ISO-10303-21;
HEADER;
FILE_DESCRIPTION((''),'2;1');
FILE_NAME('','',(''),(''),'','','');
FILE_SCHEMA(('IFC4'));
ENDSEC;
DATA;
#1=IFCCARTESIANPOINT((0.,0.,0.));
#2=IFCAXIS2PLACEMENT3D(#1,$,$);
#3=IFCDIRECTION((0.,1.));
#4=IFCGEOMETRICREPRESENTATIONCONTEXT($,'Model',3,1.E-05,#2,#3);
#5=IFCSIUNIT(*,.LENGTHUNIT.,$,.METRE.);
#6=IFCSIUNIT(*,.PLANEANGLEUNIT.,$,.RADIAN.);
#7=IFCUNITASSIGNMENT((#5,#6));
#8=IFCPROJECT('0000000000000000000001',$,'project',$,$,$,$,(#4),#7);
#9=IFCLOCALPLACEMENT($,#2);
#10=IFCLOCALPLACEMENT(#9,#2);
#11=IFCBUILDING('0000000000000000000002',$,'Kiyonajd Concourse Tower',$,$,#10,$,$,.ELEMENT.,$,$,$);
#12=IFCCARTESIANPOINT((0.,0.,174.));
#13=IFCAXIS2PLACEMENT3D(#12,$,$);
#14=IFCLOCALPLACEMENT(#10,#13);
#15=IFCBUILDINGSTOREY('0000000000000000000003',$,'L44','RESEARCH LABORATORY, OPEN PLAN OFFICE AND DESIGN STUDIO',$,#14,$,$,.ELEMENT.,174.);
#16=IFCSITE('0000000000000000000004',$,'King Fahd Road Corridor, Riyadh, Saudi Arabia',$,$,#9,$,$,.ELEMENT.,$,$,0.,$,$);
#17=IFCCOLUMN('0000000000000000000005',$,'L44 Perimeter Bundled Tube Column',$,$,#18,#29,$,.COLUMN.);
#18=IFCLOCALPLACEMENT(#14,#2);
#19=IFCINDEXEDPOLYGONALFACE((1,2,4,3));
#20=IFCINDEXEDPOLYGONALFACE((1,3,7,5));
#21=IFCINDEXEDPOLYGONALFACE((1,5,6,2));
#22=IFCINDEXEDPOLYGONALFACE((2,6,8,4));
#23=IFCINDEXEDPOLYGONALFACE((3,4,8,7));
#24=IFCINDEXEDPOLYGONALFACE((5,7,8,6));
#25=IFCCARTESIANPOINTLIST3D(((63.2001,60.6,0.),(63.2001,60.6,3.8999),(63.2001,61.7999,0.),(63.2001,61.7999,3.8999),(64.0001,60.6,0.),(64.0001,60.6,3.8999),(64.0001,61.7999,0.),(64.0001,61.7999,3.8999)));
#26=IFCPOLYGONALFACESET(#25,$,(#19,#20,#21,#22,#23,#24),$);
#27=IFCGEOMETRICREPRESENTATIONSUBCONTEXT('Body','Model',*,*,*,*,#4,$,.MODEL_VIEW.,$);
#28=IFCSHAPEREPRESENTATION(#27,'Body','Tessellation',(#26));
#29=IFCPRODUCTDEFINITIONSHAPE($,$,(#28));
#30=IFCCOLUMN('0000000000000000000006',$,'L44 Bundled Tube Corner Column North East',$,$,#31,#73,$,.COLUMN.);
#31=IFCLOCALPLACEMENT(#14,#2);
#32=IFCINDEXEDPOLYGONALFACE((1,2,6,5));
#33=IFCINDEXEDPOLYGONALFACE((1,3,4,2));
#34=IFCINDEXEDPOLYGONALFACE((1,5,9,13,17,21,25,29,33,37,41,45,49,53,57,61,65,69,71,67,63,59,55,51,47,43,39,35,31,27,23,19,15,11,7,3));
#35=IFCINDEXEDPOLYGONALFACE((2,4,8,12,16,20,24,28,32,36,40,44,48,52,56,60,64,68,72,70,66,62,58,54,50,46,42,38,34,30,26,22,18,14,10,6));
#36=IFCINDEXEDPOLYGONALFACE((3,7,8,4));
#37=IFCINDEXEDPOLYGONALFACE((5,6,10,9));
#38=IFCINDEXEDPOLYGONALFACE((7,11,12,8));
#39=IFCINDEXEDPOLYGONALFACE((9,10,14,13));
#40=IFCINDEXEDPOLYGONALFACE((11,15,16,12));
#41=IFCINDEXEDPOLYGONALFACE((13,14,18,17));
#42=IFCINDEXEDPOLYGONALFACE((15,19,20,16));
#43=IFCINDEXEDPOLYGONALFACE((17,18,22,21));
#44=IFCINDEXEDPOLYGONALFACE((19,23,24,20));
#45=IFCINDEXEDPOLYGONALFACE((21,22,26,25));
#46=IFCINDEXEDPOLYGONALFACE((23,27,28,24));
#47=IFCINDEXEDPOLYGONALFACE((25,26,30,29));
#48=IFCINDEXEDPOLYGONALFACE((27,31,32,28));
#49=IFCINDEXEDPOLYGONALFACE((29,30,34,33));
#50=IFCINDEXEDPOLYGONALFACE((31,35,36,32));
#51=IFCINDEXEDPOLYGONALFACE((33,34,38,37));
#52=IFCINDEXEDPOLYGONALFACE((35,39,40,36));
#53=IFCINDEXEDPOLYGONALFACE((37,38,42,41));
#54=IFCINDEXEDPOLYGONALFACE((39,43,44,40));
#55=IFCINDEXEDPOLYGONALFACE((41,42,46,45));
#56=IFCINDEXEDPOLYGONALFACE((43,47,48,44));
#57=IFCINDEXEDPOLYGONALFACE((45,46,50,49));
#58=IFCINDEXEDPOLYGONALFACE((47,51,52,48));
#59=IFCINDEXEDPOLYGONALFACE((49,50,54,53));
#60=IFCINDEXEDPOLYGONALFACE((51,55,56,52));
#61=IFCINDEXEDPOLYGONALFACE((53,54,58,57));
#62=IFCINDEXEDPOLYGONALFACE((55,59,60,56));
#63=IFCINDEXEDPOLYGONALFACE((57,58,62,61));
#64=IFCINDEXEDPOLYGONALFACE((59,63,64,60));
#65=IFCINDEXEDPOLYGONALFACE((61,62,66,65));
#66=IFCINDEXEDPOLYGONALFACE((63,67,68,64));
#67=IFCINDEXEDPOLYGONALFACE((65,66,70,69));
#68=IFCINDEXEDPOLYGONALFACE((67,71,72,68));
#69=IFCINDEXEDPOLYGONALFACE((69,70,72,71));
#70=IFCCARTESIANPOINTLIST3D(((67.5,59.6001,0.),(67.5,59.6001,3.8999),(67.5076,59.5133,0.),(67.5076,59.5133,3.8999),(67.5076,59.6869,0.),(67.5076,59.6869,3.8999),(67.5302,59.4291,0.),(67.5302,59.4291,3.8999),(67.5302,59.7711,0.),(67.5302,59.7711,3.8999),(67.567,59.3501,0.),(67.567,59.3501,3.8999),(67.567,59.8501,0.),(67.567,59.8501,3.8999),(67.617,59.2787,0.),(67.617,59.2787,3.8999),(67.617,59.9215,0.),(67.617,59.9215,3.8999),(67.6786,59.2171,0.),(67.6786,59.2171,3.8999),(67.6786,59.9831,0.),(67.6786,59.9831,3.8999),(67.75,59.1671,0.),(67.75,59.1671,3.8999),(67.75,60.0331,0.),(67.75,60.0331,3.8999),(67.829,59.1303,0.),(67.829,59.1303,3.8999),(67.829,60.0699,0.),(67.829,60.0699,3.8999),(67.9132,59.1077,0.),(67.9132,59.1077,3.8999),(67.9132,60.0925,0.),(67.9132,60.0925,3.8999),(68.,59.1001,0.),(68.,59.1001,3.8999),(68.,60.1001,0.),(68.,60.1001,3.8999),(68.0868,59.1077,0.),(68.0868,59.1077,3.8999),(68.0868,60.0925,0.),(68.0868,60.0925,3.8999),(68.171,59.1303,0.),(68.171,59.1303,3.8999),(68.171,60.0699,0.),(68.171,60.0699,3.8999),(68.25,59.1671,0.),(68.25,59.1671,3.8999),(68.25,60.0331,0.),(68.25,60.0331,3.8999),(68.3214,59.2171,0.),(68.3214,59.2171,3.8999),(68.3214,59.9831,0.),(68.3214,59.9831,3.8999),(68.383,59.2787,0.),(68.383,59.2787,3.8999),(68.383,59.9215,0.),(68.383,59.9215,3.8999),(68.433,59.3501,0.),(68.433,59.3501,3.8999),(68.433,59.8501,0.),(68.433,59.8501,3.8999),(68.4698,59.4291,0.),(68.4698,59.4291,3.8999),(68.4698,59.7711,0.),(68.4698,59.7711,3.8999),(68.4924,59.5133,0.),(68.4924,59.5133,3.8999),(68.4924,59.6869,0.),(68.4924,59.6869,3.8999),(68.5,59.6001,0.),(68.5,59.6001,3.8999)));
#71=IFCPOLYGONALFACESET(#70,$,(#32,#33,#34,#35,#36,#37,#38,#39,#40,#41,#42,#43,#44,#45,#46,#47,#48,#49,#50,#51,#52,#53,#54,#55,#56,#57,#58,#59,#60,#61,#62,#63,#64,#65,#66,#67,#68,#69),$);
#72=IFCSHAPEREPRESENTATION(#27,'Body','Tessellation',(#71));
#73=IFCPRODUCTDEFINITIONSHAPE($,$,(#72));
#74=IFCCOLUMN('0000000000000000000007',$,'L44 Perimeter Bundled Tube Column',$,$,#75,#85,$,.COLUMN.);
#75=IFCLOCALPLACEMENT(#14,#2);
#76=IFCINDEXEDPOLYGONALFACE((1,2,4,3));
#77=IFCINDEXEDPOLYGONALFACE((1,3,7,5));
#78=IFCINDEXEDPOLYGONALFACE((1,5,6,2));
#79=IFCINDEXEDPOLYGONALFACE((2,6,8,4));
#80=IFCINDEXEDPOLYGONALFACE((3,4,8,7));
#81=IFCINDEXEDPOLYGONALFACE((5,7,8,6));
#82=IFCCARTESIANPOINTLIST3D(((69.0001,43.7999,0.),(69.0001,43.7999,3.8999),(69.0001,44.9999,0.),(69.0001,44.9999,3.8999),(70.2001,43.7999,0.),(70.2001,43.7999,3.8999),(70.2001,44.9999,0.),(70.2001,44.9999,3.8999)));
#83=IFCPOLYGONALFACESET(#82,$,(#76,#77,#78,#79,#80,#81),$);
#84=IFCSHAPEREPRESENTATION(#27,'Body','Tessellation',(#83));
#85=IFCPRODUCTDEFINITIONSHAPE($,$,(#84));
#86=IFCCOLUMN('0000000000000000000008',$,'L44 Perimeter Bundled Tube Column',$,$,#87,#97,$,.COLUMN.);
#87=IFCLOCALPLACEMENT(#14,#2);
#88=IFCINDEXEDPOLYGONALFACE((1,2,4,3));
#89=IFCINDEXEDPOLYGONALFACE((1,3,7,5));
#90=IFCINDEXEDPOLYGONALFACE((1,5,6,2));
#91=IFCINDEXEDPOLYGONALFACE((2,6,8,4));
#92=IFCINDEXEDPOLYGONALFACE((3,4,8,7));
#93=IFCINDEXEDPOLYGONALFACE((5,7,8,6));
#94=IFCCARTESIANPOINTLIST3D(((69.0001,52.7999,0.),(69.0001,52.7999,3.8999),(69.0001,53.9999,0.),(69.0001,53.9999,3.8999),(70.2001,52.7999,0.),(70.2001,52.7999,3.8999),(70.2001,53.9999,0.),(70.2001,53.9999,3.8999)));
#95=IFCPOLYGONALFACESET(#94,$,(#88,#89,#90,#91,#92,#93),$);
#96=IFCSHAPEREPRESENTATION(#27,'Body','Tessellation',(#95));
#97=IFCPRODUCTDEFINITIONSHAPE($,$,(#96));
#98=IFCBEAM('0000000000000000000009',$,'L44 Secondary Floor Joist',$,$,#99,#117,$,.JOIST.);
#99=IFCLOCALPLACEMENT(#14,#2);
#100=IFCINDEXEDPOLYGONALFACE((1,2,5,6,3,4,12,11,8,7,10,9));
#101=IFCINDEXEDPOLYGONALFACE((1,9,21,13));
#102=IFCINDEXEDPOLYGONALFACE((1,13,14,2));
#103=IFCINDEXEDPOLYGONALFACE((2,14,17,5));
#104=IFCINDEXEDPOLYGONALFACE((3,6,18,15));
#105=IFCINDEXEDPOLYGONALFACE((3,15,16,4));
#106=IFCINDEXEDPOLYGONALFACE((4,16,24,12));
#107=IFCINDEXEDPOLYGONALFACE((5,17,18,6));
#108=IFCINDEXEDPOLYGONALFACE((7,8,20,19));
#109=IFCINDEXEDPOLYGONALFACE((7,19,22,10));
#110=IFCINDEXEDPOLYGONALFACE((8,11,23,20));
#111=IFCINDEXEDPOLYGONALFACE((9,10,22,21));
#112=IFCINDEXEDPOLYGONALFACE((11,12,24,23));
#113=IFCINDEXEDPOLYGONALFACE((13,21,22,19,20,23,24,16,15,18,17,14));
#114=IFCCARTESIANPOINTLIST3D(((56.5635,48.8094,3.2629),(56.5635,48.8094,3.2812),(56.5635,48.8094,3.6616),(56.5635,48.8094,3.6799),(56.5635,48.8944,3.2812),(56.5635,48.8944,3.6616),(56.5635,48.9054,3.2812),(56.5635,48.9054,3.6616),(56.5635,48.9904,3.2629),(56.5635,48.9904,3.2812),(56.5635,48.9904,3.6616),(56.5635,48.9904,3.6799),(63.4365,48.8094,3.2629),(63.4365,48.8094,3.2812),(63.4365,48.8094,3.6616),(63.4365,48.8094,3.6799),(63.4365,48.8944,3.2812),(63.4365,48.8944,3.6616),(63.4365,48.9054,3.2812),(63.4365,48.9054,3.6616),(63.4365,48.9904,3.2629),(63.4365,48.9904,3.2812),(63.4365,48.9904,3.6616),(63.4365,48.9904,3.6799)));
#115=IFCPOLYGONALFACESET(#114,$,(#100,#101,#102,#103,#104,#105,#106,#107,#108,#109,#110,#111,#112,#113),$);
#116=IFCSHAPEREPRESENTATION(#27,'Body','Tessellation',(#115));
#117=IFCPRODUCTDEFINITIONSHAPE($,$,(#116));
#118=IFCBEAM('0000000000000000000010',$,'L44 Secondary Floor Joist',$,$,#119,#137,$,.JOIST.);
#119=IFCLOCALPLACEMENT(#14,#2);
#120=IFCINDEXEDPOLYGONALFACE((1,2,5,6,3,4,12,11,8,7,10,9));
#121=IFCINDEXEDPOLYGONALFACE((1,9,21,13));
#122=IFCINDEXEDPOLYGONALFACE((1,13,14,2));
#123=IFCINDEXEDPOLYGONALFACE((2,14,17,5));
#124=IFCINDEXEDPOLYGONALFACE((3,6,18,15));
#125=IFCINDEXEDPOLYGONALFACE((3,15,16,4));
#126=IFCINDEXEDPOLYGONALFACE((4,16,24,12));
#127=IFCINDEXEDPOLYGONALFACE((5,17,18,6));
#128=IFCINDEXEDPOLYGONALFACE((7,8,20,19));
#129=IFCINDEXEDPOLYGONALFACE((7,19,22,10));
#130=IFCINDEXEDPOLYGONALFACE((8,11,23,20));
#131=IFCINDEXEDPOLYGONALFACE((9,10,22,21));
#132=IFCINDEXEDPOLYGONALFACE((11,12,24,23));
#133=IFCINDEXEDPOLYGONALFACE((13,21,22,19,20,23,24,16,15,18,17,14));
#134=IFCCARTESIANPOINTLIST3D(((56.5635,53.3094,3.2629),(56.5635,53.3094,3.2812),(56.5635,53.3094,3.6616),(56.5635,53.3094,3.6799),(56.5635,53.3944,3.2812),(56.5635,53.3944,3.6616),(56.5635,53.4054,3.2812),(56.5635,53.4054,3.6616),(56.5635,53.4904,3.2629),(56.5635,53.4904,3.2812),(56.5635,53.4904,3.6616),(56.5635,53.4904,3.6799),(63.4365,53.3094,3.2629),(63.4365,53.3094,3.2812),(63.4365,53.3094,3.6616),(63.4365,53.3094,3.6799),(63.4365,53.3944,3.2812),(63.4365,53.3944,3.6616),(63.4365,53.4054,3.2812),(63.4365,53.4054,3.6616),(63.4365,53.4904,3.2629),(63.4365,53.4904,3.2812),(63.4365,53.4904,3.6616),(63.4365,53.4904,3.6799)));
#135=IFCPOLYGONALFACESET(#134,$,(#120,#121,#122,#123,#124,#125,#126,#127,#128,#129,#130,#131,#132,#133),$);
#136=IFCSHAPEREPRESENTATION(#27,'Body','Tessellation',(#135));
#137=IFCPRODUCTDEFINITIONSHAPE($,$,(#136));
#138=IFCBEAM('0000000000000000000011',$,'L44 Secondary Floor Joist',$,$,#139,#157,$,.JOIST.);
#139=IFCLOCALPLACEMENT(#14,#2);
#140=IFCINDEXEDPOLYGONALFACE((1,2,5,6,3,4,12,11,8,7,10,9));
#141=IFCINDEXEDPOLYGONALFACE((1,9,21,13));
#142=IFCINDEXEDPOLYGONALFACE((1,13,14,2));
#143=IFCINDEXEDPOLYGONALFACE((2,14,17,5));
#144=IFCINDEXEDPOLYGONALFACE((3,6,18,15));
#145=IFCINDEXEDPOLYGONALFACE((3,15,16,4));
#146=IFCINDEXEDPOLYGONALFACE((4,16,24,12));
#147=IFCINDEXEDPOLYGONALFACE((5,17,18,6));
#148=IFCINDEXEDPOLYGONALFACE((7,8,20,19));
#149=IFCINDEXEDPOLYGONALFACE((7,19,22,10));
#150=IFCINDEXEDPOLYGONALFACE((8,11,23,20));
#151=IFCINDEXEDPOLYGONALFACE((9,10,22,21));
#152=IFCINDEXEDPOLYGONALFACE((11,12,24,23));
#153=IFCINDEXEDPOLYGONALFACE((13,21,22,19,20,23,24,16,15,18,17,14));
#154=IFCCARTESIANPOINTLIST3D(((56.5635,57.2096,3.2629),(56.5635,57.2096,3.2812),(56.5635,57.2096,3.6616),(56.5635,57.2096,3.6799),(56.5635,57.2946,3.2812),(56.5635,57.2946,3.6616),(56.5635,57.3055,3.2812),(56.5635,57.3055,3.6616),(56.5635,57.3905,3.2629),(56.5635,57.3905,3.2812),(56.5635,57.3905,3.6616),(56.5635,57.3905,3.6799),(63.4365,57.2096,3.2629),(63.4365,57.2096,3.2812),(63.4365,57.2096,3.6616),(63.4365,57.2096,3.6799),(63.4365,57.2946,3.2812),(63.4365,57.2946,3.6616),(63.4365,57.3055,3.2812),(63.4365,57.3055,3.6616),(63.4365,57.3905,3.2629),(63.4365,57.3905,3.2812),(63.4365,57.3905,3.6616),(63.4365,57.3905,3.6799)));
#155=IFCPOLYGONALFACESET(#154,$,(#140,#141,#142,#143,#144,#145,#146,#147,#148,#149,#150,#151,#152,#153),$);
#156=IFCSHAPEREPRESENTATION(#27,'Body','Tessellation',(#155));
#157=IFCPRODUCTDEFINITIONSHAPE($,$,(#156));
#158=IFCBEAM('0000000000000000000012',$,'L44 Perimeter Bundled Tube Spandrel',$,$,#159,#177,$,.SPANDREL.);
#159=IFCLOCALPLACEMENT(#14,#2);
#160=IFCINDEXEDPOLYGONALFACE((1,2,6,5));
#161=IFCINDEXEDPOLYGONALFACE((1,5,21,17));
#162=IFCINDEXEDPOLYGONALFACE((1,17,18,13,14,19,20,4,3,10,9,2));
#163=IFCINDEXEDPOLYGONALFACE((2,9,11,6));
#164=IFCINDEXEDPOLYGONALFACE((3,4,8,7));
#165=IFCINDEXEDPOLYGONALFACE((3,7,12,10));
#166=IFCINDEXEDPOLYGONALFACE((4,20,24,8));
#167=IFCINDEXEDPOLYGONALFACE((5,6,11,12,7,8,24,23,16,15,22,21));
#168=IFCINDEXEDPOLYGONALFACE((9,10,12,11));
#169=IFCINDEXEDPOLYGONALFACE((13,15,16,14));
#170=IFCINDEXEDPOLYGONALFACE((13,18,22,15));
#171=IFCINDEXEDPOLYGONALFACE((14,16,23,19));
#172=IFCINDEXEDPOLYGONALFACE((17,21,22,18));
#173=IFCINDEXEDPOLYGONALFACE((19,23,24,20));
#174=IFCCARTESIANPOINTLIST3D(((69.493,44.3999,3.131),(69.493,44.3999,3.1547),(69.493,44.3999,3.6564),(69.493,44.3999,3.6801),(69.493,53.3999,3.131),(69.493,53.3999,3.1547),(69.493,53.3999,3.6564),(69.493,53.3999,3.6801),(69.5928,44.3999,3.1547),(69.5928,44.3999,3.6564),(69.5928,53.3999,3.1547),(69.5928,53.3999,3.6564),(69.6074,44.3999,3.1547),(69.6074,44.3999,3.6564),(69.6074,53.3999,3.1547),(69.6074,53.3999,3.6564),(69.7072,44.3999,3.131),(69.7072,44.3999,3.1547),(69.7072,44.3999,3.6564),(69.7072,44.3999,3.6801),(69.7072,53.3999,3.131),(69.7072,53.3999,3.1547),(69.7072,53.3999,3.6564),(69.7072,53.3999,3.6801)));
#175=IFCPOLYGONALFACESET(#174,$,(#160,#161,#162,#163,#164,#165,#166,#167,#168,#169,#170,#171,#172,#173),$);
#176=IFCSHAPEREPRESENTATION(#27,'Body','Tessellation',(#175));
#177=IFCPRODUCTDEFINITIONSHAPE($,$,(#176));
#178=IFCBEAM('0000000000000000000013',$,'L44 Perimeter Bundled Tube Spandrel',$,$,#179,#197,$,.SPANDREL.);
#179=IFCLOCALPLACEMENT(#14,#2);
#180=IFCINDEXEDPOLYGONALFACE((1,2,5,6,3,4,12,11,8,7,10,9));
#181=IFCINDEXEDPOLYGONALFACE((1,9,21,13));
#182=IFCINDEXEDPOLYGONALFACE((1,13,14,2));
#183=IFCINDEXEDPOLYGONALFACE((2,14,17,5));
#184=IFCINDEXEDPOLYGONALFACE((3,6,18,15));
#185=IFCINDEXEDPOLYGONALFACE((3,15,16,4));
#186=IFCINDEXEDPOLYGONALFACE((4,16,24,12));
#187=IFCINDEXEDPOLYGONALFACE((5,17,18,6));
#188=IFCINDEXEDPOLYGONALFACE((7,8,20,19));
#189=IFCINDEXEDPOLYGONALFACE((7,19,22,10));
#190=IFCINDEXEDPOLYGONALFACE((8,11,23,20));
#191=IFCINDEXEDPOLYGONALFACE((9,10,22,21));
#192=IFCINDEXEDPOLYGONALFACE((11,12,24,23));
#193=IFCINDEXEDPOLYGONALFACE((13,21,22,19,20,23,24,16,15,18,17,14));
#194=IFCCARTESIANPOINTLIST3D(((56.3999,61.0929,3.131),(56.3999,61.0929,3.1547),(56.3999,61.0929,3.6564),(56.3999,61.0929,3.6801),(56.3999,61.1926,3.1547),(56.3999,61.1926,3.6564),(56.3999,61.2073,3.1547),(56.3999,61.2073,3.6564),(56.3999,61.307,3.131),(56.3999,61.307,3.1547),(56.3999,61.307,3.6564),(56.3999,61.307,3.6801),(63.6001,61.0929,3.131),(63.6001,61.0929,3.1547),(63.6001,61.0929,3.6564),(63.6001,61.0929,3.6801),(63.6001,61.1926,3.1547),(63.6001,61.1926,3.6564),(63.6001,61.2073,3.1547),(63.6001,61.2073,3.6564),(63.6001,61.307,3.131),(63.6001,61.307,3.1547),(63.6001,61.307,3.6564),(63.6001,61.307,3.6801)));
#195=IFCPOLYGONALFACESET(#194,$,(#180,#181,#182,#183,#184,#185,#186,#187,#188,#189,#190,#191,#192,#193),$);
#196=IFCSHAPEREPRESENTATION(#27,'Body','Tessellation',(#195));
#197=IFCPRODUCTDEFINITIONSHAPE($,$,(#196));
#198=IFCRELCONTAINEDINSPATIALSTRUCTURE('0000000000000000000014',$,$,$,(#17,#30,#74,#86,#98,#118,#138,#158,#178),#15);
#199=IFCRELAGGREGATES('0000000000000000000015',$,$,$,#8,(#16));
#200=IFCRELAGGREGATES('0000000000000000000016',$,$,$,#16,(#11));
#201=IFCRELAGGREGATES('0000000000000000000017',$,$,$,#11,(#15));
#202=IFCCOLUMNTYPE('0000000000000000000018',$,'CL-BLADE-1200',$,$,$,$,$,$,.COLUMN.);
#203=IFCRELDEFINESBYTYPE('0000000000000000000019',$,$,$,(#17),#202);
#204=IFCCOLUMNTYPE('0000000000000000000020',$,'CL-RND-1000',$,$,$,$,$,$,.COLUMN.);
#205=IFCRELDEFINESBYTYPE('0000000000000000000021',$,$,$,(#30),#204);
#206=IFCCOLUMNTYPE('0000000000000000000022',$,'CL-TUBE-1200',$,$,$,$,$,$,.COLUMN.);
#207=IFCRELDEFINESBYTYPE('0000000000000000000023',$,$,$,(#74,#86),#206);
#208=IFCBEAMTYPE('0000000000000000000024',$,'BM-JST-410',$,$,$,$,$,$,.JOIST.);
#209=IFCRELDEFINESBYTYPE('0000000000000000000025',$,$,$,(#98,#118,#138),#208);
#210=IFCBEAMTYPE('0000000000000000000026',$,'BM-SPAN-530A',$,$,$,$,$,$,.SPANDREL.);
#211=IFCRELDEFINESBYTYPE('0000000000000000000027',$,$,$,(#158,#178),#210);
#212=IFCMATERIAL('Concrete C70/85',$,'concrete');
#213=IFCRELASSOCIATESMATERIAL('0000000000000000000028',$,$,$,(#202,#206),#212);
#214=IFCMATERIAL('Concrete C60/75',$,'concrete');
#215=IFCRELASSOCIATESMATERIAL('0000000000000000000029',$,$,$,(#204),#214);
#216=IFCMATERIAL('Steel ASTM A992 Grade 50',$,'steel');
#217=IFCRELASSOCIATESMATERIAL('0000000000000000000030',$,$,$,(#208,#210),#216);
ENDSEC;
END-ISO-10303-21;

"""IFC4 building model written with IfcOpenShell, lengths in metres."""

from ifc_helpers import new_model, si_unit, direction, frame, origin, origin_2d, place, context, subcontext, project, spatial, rectangle, circle, i_section, extrude, material, material_profile, profile_set, type_object, element, save


model = new_model("IFC4")

# Units and contexts
model_context = context("Model", 3, precision=1e-05, world=origin(), true_north=direction((0.0, 1.0)))
body_context = subcontext(model_context, "Body", "Model", "MODEL_VIEW")
ifc_project = project(units=[si_unit("LENGTHUNIT", "METRE"), si_unit("PLANEANGLEUNIT", "RADIAN")], contexts=[model_context])

# Site, building, storey
site_placement = place(None, origin())
site = spatial("IfcSite", under=ifc_project, at=site_placement, Name="King Fahd Road Corridor, Riyadh, Saudi Arabia", CompositionType="ELEMENT", RefElevation=0.0)
building_placement = place(site_placement, origin())
building = spatial("IfcBuilding", under=site, at=building_placement, Name="Kiyonajd Concourse Tower", CompositionType="ELEMENT")
storey_placement = place(building_placement, frame((0.0, 0.0, 174.0)))
storey = spatial("IfcBuildingStorey", under=building, at=storey_placement, Name="L44", Description="RESEARCH LABORATORY, OPEN PLAN OFFICE AND DESIGN STUDIO", CompositionType="ELEMENT", Elevation=174.0)

# Columns
ifc_material_1 = material(Name="Concrete C70/85", Category="concrete")
ifc_material_profile_1 = material_profile(ifc_material_1, rectangle(XDim=0.8, YDim=1.2, at=origin_2d()), Name="RC-1200x800")
ifc_profile_set_1 = profile_set([ifc_material_profile_1], Name="Concrete C70/85")
column_type_1 = type_object("IfcColumnType", Name="CL-BLADE-1200", PredefinedType="COLUMN", material=ifc_profile_set_1)
column_1_placement = place(storey_placement, frame((63.6001, 61.2, 0.0), z_axis=(0.0, 0.0, 1.0), x_axis=(1.0, 0.0, 0.0)))
element("IfcColumn", 1, at=column_1_placement, inside=storey, type_object=column_type_1, Name="L44 Perimeter Bundled Tube Column", PredefinedType="COLUMN", context=body_context, shape_type="SweptSolid", body=[
    extrude(rectangle(XDim=0.8, YDim=1.2, at=origin_2d()), origin(), (0.0, 0.0, 1.0), 3.8999),
])
ifc_material_2 = material(Name="Concrete C60/75", Category="concrete")
ifc_material_profile_2 = material_profile(ifc_material_2, circle(Radius=0.5, at=origin_2d()), Name="RCC-D1000")
ifc_profile_set_2 = profile_set([ifc_material_profile_2], Name="Concrete C60/75")
column_type_2 = type_object("IfcColumnType", Name="CL-RND-1000", PredefinedType="COLUMN", material=ifc_profile_set_2)
column_2_placement = place(storey_placement, frame((68.0, 59.6001, 0.0), z_axis=(0.0, 0.0, 1.0), x_axis=(1.0, 0.0, 0.0)))
element("IfcColumn", 2, at=column_2_placement, inside=storey, type_object=column_type_2, Name="L44 Bundled Tube Corner Column North East", PredefinedType="COLUMN", context=body_context, shape_type="SweptSolid", body=[
    extrude(circle(Radius=0.5, at=origin_2d()), origin(), (0.0, 0.0, 1.0), 3.8999),
])
ifc_material_profile_3 = material_profile(ifc_material_1, rectangle(XDim=1.2, YDim=1.2, at=origin_2d()), Name="RC-1200x1200")
ifc_profile_set_3 = profile_set([ifc_material_profile_3], Name="Concrete C70/85")
column_type_3 = type_object("IfcColumnType", Name="CL-TUBE-1200", PredefinedType="COLUMN", material=ifc_profile_set_3)
for number, where, z_axis, x_axis, name in (
    (3, (69.6001, 44.3999, 0.0), (0.0, 0.0, 1.0), (1.0, 0.0, 0.0), "L44 Perimeter Bundled Tube Column"),
    (4, (69.6001, 53.3999, 0.0), (0.0, 0.0, 1.0), (1.0, 0.0, 0.0), "L44 Perimeter Bundled Tube Column"),
):
    element("IfcColumn", number, at=place(storey_placement, frame(where, z_axis=z_axis, x_axis=x_axis)), inside=storey, type_object=column_type_3, Name=name, PredefinedType="COLUMN", context=body_context, shape_type="SweptSolid", body=[
        extrude(rectangle(XDim=1.2, YDim=1.2, at=origin_2d()), origin(), (0.0, 0.0, 1.0), 3.8999),
    ])

# Beams
ifc_material_3 = material(Name="Steel ASTM A992 Grade 50", Category="steel")
ifc_material_profile_4 = material_profile(ifc_material_3, i_section(OverallWidth=0.1809, OverallDepth=0.417, WebThickness=0.011, FlangeThickness=0.0183, at=origin_2d()), Name="W410X85")
ifc_profile_set_4 = profile_set([ifc_material_profile_4], Name="Steel ASTM A992 Grade 50")
beam_type_1 = type_object("IfcBeamType", Name="BM-JST-410", PredefinedType="JOIST", material=ifc_profile_set_4)
for number, where, z_axis, x_axis, name in (
    (5, (56.5635, 48.8999, 3.4714), (1.0, 0.0, 0.0), (0.0, 1.0, 0.0), "L44 Secondary Floor Joist"),
    (6, (56.5635, 53.3999, 3.4714), (1.0, 0.0, 0.0), (0.0, 1.0, 0.0), "L44 Secondary Floor Joist"),
    (7, (56.5635, 57.3, 3.4714), (1.0, 0.0, 0.0), (0.0, 1.0, 0.0), "L44 Secondary Floor Joist"),
):
    element("IfcBeam", number, at=place(storey_placement, frame(where, z_axis=z_axis, x_axis=x_axis)), inside=storey, type_object=beam_type_1, Name=name, PredefinedType="JOIST", context=body_context, shape_type="SweptSolid", body=[
        extrude(i_section(OverallWidth=0.1809, OverallDepth=0.417, WebThickness=0.011, FlangeThickness=0.0183, at=origin_2d()), origin(), (0.0, 0.0, 1.0), 6.873),
    ])
ifc_material_profile_5 = material_profile(ifc_material_3, i_section(OverallWidth=0.2141, OverallDepth=0.5491, WebThickness=0.0146, FlangeThickness=0.0237, at=origin_2d()), Name="W530X138")
ifc_profile_set_5 = profile_set([ifc_material_profile_5], Name="Steel ASTM A992 Grade 50")
beam_type_2 = type_object("IfcBeamType", Name="BM-SPAN-530A", PredefinedType="SPANDREL", material=ifc_profile_set_5)
beam_1_placement = place(storey_placement, frame((69.6001, 44.3999, 3.4055), z_axis=(0.0, 1.0, 0.0), x_axis=(-1.0, 0.0, 0.0)))
element("IfcBeam", 8, at=beam_1_placement, inside=storey, type_object=beam_type_2, Name="L44 Perimeter Bundled Tube Spandrel", PredefinedType="SPANDREL", context=body_context, shape_type="SweptSolid", body=[
    extrude(i_section(OverallWidth=0.2141, OverallDepth=0.5491, WebThickness=0.0146, FlangeThickness=0.0237, at=origin_2d()), origin(), (0.0, 0.0, 1.0), 9.0),
])
beam_2_placement = place(storey_placement, frame((63.6001, 61.2, 3.4055), z_axis=(-1.0, 0.0, 0.0), x_axis=(0.0, -1.0, 0.0)))
element("IfcBeam", 9, at=beam_2_placement, inside=storey, type_object=beam_type_2, Name="L44 Perimeter Bundled Tube Spandrel", PredefinedType="SPANDREL", context=body_context, shape_type="SweptSolid", body=[
    extrude(i_section(OverallWidth=0.2141, OverallDepth=0.5491, WebThickness=0.0146, FlangeThickness=0.0237, at=origin_2d()), origin(), (0.0, 0.0, 1.0), 7.2002),
])

save(model, "model.ifc")
